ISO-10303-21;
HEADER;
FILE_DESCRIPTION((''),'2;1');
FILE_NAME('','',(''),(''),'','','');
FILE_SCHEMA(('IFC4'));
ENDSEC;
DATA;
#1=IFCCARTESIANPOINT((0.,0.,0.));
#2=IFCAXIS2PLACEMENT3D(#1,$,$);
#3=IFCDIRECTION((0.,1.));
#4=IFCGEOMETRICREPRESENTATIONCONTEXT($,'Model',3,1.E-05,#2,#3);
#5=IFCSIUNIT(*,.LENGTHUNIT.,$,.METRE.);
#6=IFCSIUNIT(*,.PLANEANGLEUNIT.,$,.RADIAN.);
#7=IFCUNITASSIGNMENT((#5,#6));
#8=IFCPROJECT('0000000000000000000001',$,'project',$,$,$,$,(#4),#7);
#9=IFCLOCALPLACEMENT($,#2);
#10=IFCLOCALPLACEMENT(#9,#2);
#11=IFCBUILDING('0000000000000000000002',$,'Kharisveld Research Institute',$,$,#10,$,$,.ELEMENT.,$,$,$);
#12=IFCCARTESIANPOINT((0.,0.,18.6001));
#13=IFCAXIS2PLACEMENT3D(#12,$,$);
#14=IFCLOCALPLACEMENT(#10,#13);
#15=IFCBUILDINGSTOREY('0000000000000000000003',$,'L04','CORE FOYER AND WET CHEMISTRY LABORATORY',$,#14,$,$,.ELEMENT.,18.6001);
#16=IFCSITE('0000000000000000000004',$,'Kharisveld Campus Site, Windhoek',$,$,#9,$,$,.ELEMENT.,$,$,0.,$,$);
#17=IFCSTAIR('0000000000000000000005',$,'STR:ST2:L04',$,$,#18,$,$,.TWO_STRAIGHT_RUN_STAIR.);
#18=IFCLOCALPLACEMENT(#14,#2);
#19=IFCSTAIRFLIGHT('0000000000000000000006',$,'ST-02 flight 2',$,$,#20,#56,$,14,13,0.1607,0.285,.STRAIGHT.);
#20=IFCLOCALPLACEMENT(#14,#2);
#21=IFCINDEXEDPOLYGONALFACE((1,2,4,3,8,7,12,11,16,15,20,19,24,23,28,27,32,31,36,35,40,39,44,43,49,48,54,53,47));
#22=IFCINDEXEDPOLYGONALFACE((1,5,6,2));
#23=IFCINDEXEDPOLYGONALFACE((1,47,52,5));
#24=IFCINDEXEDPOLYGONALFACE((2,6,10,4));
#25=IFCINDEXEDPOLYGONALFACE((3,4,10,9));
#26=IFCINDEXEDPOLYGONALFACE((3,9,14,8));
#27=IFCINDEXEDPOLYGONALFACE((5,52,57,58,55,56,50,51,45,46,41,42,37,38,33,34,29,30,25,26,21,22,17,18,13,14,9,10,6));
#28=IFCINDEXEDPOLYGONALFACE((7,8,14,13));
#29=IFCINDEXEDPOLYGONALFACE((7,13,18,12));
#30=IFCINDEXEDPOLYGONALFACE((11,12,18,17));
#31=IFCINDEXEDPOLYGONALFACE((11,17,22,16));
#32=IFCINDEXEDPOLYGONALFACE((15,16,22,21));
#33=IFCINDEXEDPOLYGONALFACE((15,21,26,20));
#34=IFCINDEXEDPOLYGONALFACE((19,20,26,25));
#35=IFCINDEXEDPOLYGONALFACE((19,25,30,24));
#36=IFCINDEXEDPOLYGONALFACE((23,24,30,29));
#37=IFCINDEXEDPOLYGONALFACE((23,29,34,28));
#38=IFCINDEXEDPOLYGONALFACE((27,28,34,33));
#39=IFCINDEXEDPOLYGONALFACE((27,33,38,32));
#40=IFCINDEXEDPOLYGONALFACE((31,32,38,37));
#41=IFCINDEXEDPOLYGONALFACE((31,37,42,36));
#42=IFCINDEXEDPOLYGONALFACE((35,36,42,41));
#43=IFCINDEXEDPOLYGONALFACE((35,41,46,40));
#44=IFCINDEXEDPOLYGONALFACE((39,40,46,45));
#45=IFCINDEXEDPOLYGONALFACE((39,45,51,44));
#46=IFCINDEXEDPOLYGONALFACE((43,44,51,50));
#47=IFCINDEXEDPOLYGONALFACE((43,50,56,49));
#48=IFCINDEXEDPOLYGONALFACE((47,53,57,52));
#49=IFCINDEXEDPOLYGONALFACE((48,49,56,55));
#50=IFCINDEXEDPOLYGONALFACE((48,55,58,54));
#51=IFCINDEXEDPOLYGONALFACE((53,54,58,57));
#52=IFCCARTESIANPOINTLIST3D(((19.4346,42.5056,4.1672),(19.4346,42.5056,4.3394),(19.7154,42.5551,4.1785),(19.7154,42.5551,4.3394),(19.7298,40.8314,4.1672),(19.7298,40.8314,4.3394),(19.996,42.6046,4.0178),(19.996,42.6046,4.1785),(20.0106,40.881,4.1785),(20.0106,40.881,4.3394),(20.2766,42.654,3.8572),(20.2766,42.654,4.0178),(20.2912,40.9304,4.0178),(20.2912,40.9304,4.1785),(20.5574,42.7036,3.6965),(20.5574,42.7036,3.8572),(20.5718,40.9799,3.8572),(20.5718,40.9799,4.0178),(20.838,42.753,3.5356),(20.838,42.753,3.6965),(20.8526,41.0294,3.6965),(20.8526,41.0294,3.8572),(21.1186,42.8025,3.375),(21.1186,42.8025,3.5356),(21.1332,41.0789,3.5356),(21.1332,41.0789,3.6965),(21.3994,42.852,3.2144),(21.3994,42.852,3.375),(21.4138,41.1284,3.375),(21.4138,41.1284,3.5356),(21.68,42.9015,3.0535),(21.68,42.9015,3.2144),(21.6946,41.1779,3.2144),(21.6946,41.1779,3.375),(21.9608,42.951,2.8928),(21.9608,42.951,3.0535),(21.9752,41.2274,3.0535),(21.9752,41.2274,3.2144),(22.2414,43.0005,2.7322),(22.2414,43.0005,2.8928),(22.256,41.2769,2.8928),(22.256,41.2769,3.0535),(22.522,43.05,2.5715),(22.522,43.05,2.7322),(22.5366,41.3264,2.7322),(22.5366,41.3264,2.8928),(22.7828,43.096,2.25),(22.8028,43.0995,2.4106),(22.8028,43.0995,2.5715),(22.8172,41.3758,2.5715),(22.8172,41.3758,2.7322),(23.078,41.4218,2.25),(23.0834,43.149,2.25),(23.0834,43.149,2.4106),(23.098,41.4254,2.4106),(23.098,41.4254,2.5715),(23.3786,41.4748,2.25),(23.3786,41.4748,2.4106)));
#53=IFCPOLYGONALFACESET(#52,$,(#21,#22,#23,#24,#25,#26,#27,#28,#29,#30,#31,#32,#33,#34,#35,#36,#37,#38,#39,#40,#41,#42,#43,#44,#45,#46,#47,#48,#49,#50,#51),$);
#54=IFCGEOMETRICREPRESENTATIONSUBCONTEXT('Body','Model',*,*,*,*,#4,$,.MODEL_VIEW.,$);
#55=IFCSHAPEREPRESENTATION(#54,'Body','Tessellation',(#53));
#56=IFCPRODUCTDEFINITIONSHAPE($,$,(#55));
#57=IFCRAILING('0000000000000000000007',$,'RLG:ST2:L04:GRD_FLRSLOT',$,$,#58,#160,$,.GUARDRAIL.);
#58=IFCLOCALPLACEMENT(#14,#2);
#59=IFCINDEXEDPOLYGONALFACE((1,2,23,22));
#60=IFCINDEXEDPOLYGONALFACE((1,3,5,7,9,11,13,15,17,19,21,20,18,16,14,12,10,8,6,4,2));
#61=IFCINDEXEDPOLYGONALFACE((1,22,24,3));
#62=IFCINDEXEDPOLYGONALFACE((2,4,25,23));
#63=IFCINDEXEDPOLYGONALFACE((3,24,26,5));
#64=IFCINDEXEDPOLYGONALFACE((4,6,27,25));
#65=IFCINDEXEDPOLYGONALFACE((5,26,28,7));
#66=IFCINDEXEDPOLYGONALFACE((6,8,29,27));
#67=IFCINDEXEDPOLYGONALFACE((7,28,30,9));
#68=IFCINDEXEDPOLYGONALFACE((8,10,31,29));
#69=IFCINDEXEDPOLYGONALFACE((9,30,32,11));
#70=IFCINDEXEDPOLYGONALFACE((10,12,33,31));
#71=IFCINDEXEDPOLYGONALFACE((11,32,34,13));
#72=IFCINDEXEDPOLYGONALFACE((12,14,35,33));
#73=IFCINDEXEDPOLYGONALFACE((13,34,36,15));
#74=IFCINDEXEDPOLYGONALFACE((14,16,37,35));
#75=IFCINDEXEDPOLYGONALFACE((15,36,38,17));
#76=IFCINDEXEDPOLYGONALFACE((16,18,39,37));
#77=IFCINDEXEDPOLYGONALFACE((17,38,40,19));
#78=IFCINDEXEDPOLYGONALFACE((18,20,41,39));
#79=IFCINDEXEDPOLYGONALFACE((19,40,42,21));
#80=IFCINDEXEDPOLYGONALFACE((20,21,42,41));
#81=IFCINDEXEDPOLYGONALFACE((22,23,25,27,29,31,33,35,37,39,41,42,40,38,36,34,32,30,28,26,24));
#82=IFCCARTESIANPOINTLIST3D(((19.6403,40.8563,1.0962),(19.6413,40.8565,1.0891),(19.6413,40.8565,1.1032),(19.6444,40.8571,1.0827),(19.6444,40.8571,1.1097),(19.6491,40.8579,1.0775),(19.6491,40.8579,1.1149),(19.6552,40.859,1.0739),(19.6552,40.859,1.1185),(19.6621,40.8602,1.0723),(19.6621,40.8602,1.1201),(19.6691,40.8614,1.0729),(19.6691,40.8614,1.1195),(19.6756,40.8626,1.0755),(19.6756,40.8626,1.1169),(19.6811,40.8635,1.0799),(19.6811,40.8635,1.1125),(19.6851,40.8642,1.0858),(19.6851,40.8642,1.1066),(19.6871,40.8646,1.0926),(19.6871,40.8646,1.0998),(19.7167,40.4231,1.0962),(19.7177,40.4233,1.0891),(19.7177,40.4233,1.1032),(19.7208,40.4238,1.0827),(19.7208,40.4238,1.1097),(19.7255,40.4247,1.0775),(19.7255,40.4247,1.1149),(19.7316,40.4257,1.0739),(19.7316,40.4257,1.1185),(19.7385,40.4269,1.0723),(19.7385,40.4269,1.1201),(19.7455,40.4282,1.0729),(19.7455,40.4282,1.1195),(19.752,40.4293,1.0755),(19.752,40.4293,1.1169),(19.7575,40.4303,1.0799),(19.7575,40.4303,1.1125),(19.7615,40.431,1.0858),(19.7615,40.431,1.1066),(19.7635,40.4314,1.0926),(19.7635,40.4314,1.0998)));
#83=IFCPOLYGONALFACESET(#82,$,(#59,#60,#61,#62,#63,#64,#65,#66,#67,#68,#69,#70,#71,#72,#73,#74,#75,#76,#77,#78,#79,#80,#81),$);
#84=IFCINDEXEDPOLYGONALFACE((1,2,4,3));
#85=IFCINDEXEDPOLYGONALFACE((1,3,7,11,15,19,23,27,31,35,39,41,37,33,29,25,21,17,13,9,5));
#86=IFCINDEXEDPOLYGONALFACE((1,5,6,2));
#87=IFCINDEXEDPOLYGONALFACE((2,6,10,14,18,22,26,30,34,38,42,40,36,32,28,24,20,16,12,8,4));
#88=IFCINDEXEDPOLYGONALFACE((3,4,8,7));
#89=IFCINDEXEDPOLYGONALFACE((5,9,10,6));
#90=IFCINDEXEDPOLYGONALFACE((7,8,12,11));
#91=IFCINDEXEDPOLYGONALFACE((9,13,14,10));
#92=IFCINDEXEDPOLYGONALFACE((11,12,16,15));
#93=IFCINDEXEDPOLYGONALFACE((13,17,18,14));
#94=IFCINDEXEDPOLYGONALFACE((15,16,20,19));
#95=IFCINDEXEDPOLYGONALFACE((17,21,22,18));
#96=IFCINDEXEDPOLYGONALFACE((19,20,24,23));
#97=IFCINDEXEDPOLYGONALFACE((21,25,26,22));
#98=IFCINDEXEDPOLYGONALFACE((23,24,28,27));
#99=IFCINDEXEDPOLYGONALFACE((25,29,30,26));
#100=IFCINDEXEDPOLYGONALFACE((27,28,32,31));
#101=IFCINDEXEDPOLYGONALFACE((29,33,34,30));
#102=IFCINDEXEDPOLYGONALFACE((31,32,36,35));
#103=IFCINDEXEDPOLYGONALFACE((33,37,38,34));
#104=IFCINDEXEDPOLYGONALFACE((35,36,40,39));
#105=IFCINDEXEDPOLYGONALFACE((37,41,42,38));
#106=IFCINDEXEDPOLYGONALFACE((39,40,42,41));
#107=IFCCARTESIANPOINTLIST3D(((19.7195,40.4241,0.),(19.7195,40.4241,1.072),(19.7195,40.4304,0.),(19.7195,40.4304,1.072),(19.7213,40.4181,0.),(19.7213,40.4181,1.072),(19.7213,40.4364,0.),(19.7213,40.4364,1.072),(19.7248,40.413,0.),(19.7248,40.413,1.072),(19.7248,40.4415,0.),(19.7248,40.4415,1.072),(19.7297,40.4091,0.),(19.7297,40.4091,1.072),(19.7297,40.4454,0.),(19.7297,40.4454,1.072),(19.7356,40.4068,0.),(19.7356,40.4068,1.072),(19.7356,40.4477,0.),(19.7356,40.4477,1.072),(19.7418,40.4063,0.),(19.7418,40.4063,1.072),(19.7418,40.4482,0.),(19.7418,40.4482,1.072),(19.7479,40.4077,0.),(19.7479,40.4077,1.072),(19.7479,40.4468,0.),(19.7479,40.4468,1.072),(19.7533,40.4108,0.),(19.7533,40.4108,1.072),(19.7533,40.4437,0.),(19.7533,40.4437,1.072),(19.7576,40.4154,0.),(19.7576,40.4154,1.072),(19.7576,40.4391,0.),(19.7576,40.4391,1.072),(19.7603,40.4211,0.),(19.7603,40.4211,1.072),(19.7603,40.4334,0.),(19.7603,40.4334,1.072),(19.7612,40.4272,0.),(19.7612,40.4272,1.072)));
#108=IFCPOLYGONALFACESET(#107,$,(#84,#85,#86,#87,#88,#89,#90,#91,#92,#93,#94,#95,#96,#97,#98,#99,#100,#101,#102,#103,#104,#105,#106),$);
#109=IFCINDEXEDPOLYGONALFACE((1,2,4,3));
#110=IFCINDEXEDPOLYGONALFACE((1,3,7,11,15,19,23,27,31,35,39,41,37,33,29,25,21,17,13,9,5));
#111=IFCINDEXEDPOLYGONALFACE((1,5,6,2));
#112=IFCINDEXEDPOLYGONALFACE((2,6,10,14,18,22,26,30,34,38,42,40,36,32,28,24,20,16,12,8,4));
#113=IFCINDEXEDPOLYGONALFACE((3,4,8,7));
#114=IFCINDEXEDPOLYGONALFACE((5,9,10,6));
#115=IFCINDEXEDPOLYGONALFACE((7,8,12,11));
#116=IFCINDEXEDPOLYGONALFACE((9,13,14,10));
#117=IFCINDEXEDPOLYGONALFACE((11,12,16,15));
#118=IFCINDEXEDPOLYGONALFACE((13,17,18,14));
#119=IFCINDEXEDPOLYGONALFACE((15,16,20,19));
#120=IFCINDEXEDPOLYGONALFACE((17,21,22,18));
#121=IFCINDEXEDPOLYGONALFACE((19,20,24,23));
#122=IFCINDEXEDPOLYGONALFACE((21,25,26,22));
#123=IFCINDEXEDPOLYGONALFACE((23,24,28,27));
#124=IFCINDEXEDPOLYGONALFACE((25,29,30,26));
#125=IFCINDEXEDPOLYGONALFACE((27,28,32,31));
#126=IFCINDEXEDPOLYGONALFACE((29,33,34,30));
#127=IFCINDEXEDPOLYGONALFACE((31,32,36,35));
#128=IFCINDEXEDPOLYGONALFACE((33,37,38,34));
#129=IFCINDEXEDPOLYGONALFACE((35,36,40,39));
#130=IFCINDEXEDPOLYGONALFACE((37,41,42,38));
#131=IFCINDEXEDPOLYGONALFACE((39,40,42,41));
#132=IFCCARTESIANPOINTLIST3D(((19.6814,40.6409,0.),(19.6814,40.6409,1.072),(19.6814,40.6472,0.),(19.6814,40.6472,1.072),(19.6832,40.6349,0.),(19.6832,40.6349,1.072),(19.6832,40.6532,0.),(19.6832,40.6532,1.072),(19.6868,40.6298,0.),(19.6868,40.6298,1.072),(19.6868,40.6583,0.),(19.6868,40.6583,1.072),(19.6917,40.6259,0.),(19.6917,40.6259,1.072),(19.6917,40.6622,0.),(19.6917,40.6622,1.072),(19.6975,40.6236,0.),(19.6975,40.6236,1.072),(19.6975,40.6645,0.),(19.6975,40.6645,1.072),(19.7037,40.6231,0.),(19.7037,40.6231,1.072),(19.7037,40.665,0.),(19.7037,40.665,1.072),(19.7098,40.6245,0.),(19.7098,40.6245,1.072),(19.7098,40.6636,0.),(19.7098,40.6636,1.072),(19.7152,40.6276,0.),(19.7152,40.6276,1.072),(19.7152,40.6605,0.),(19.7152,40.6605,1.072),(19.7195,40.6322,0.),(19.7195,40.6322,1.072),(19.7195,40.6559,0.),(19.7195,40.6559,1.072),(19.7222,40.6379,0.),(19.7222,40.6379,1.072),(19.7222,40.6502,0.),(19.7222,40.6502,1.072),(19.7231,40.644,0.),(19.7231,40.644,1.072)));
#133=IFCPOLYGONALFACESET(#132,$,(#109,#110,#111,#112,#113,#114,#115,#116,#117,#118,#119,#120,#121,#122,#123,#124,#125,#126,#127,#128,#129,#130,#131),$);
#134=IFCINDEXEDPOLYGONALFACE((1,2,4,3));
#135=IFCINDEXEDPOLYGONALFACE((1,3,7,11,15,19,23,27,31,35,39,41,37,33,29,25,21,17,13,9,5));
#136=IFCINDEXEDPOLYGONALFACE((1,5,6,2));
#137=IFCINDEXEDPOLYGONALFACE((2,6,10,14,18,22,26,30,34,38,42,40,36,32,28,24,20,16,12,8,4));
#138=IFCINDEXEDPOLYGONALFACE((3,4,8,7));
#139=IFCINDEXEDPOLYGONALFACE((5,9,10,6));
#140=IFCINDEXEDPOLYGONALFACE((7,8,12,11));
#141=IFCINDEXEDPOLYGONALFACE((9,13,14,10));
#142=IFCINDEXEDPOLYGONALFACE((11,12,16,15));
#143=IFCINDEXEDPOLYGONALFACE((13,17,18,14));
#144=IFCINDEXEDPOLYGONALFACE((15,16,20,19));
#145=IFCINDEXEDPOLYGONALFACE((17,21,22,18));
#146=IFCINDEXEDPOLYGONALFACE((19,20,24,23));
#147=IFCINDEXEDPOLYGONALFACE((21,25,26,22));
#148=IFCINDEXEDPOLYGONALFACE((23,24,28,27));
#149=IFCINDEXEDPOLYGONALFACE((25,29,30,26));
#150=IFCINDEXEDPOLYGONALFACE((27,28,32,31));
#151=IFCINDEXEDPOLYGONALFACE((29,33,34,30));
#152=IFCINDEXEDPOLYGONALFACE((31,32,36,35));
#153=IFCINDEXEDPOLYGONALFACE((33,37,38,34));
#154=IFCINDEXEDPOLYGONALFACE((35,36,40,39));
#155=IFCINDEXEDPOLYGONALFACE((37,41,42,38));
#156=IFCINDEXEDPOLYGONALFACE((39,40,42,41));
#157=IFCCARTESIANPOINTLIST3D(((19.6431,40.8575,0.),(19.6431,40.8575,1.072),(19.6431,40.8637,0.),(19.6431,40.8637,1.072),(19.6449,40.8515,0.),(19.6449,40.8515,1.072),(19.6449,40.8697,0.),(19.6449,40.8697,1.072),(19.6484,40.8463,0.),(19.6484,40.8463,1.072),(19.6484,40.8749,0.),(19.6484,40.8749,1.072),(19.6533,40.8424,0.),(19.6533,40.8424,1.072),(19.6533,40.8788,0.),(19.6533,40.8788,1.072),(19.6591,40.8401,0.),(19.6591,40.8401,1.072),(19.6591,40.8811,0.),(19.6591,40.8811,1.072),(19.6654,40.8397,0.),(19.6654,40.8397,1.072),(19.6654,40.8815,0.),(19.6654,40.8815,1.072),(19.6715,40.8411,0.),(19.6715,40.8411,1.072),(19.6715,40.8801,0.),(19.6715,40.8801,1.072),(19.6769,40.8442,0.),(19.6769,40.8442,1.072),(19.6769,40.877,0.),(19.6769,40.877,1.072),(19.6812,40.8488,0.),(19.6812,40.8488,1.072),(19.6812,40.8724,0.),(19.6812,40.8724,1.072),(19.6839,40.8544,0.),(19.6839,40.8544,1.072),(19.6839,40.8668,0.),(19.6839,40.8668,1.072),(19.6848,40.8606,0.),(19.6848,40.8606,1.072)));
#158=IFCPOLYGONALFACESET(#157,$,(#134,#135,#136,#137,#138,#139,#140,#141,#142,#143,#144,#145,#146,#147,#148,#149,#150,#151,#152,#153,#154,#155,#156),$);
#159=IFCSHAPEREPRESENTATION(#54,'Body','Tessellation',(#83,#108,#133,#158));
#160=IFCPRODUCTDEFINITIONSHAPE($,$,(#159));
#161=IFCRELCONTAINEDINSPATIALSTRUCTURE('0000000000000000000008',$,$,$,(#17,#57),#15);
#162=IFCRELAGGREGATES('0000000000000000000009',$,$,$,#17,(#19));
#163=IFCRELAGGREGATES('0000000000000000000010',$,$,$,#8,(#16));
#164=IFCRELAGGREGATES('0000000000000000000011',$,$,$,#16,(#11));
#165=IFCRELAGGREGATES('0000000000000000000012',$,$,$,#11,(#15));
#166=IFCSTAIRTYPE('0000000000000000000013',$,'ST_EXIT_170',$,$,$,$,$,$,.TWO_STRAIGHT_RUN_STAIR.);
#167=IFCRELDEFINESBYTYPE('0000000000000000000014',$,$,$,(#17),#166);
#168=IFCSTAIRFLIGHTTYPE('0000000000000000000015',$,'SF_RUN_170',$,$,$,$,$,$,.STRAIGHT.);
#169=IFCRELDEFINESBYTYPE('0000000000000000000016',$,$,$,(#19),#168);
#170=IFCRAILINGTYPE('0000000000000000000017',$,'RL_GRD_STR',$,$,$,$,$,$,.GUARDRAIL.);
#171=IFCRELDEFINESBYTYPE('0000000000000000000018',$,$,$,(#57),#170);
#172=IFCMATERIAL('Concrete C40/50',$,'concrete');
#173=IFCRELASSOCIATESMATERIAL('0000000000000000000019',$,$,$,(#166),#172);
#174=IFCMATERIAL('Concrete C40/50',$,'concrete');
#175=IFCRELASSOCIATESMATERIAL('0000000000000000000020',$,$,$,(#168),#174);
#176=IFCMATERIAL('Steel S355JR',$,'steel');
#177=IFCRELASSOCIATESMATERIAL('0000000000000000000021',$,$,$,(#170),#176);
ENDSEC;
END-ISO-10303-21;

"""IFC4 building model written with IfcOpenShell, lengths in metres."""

from ifc_helpers import new_model, si_unit, direction, frame, origin, origin_2d, place, context, subcontext, project, spatial, polyline, circle, outline, extrude, material, type_object, element, aggregate, save


model = new_model("IFC4")

# Units and contexts
model_context = context("Model", 3, precision=1e-05, world=origin(), true_north=direction((0.0, 1.0)))
body_context = subcontext(model_context, "Body", "Model", "MODEL_VIEW")
ifc_project = project(units=[si_unit("LENGTHUNIT", "METRE"), si_unit("PLANEANGLEUNIT", "RADIAN")], contexts=[model_context])

# Site, building, storey
site_placement = place(None, origin())
site = spatial("IfcSite", under=ifc_project, at=site_placement, Name="Kharisveld Campus Site, Windhoek", CompositionType="ELEMENT", RefElevation=0.0)
building_placement = place(site_placement, origin())
building = spatial("IfcBuilding", under=site, at=building_placement, Name="Kharisveld Research Institute", CompositionType="ELEMENT")
storey_placement = place(building_placement, frame((0.0, 0.0, 18.6001)))
storey = spatial("IfcBuildingStorey", under=building, at=storey_placement, Name="L04", Description="CORE FOYER AND WET CHEMISTRY LABORATORY", CompositionType="ELEMENT", Elevation=18.6001)

# Stair, stair flight
ifc_material_1 = material(Name="Concrete C40/50", Category="concrete")
stair_type = type_object("IfcStairType", Name="ST_EXIT_170", PredefinedType="TWO_STRAIGHT_RUN_STAIR", material=ifc_material_1)
stair_placement = place(storey_placement, origin())
stair = element("IfcStair", 1, at=stair_placement, inside=storey, type_object=stair_type, Name="STR:ST2:L04", PredefinedType="TWO_STRAIGHT_RUN_STAIR")
ifc_material_2 = material(Name="Concrete C40/50", Category="concrete")
stair_flight_type = type_object("IfcStairFlightType", Name="SF_RUN_170", PredefinedType="STRAIGHT", material=ifc_material_2)
stair_flight_1_placement = place(storey_placement, frame((23.231, 42.312, 2.25), z_axis=(0.0, 0.0, 1.0), x_axis=(-0.984808, -0.173648, 0.0)))
stair_flight_1 = element("IfcStairFlight", 2, at=stair_flight_1_placement, type_object=stair_flight_type, Name="ST-02 flight 2", NumberOfRisers=14, NumberOfTreads=13, PredefinedType="STRAIGHT", RiserHeight=0.1607, TreadLength=0.285, context=body_context, shape_type="SweptSolid", body=[
    extrude(outline(polyline([(0.0, 0.0), (0.0, 0.1606), (0.2849, 0.1606), (0.2849, 0.3215), (0.5701, 0.3215), (0.5701, 0.4822), (0.855, 0.4822), (0.855, 0.6428), (1.1399, 0.6428), (1.1399, 0.8035), (1.425, 0.8035), (1.425, 0.9644), (1.71, 0.9644), (1.71, 1.125), (1.9951, 1.125), (1.9951, 1.2856), (2.28, 1.2856), (2.28, 1.4465), (2.5649, 1.4465), (2.5649, 1.6072), (2.8501, 1.6072), (2.8501, 1.7678), (3.135, 1.7678), (3.135, 1.9285), (3.4199, 1.9285), (3.4199, 2.0894), (3.7051, 2.0894), (3.7051, 2.25), (3.7051, 1.9172), (0.3052, 0.0), (0.0, 0.0)])), frame((0.0, 0.8501, 0.0), z_axis=(0.0, -1.0, 0.0), x_axis=(1.0, 0.0, 0.0)), (0.0, 0.0, 1.0), 1.7),
])
aggregate(stair, [stair_flight_1])

# Railing
ifc_material_3 = material(Name="Steel S355JR", Category="steel")
railing_type_1 = type_object("IfcRailingType", Name="RL_GRD_STR", PredefinedType="GUARDRAIL", material=ifc_material_3)
railing_1_placement = place(storey_placement, frame((19.7402, 40.4272, 0.0)))
element("IfcRailing", 3, at=railing_1_placement, inside=storey, type_object=railing_type_1, Name="RLG:ST2:L04:GRD_FLRSLOT", PredefinedType="GUARDRAIL", context=body_context, shape_type="SweptSolid", body=[
    extrude(circle(Radius=0.0239, at=origin_2d()), frame((0.0, 0.0, 1.0962), z_axis=(-0.173659, 0.984806, 0.0), x_axis=(-0.984806, -0.173659, 0.0)), (0.0, 0.0, 1.0), 0.4399),
    extrude(circle(Radius=0.021, at=origin_2d()), origin(), (0.0, 0.0, 1.0), 1.072),
    extrude(circle(Radius=0.021, at=origin_2d()), frame((-0.0381, 0.2168, 0.0)), (0.0, 0.0, 1.0), 1.072),
    extrude(circle(Radius=0.021, at=origin_2d()), frame((-0.0764, 0.4333, 0.0)), (0.0, 0.0, 1.0), 1.072),
])

save(model, "model.ifc")
